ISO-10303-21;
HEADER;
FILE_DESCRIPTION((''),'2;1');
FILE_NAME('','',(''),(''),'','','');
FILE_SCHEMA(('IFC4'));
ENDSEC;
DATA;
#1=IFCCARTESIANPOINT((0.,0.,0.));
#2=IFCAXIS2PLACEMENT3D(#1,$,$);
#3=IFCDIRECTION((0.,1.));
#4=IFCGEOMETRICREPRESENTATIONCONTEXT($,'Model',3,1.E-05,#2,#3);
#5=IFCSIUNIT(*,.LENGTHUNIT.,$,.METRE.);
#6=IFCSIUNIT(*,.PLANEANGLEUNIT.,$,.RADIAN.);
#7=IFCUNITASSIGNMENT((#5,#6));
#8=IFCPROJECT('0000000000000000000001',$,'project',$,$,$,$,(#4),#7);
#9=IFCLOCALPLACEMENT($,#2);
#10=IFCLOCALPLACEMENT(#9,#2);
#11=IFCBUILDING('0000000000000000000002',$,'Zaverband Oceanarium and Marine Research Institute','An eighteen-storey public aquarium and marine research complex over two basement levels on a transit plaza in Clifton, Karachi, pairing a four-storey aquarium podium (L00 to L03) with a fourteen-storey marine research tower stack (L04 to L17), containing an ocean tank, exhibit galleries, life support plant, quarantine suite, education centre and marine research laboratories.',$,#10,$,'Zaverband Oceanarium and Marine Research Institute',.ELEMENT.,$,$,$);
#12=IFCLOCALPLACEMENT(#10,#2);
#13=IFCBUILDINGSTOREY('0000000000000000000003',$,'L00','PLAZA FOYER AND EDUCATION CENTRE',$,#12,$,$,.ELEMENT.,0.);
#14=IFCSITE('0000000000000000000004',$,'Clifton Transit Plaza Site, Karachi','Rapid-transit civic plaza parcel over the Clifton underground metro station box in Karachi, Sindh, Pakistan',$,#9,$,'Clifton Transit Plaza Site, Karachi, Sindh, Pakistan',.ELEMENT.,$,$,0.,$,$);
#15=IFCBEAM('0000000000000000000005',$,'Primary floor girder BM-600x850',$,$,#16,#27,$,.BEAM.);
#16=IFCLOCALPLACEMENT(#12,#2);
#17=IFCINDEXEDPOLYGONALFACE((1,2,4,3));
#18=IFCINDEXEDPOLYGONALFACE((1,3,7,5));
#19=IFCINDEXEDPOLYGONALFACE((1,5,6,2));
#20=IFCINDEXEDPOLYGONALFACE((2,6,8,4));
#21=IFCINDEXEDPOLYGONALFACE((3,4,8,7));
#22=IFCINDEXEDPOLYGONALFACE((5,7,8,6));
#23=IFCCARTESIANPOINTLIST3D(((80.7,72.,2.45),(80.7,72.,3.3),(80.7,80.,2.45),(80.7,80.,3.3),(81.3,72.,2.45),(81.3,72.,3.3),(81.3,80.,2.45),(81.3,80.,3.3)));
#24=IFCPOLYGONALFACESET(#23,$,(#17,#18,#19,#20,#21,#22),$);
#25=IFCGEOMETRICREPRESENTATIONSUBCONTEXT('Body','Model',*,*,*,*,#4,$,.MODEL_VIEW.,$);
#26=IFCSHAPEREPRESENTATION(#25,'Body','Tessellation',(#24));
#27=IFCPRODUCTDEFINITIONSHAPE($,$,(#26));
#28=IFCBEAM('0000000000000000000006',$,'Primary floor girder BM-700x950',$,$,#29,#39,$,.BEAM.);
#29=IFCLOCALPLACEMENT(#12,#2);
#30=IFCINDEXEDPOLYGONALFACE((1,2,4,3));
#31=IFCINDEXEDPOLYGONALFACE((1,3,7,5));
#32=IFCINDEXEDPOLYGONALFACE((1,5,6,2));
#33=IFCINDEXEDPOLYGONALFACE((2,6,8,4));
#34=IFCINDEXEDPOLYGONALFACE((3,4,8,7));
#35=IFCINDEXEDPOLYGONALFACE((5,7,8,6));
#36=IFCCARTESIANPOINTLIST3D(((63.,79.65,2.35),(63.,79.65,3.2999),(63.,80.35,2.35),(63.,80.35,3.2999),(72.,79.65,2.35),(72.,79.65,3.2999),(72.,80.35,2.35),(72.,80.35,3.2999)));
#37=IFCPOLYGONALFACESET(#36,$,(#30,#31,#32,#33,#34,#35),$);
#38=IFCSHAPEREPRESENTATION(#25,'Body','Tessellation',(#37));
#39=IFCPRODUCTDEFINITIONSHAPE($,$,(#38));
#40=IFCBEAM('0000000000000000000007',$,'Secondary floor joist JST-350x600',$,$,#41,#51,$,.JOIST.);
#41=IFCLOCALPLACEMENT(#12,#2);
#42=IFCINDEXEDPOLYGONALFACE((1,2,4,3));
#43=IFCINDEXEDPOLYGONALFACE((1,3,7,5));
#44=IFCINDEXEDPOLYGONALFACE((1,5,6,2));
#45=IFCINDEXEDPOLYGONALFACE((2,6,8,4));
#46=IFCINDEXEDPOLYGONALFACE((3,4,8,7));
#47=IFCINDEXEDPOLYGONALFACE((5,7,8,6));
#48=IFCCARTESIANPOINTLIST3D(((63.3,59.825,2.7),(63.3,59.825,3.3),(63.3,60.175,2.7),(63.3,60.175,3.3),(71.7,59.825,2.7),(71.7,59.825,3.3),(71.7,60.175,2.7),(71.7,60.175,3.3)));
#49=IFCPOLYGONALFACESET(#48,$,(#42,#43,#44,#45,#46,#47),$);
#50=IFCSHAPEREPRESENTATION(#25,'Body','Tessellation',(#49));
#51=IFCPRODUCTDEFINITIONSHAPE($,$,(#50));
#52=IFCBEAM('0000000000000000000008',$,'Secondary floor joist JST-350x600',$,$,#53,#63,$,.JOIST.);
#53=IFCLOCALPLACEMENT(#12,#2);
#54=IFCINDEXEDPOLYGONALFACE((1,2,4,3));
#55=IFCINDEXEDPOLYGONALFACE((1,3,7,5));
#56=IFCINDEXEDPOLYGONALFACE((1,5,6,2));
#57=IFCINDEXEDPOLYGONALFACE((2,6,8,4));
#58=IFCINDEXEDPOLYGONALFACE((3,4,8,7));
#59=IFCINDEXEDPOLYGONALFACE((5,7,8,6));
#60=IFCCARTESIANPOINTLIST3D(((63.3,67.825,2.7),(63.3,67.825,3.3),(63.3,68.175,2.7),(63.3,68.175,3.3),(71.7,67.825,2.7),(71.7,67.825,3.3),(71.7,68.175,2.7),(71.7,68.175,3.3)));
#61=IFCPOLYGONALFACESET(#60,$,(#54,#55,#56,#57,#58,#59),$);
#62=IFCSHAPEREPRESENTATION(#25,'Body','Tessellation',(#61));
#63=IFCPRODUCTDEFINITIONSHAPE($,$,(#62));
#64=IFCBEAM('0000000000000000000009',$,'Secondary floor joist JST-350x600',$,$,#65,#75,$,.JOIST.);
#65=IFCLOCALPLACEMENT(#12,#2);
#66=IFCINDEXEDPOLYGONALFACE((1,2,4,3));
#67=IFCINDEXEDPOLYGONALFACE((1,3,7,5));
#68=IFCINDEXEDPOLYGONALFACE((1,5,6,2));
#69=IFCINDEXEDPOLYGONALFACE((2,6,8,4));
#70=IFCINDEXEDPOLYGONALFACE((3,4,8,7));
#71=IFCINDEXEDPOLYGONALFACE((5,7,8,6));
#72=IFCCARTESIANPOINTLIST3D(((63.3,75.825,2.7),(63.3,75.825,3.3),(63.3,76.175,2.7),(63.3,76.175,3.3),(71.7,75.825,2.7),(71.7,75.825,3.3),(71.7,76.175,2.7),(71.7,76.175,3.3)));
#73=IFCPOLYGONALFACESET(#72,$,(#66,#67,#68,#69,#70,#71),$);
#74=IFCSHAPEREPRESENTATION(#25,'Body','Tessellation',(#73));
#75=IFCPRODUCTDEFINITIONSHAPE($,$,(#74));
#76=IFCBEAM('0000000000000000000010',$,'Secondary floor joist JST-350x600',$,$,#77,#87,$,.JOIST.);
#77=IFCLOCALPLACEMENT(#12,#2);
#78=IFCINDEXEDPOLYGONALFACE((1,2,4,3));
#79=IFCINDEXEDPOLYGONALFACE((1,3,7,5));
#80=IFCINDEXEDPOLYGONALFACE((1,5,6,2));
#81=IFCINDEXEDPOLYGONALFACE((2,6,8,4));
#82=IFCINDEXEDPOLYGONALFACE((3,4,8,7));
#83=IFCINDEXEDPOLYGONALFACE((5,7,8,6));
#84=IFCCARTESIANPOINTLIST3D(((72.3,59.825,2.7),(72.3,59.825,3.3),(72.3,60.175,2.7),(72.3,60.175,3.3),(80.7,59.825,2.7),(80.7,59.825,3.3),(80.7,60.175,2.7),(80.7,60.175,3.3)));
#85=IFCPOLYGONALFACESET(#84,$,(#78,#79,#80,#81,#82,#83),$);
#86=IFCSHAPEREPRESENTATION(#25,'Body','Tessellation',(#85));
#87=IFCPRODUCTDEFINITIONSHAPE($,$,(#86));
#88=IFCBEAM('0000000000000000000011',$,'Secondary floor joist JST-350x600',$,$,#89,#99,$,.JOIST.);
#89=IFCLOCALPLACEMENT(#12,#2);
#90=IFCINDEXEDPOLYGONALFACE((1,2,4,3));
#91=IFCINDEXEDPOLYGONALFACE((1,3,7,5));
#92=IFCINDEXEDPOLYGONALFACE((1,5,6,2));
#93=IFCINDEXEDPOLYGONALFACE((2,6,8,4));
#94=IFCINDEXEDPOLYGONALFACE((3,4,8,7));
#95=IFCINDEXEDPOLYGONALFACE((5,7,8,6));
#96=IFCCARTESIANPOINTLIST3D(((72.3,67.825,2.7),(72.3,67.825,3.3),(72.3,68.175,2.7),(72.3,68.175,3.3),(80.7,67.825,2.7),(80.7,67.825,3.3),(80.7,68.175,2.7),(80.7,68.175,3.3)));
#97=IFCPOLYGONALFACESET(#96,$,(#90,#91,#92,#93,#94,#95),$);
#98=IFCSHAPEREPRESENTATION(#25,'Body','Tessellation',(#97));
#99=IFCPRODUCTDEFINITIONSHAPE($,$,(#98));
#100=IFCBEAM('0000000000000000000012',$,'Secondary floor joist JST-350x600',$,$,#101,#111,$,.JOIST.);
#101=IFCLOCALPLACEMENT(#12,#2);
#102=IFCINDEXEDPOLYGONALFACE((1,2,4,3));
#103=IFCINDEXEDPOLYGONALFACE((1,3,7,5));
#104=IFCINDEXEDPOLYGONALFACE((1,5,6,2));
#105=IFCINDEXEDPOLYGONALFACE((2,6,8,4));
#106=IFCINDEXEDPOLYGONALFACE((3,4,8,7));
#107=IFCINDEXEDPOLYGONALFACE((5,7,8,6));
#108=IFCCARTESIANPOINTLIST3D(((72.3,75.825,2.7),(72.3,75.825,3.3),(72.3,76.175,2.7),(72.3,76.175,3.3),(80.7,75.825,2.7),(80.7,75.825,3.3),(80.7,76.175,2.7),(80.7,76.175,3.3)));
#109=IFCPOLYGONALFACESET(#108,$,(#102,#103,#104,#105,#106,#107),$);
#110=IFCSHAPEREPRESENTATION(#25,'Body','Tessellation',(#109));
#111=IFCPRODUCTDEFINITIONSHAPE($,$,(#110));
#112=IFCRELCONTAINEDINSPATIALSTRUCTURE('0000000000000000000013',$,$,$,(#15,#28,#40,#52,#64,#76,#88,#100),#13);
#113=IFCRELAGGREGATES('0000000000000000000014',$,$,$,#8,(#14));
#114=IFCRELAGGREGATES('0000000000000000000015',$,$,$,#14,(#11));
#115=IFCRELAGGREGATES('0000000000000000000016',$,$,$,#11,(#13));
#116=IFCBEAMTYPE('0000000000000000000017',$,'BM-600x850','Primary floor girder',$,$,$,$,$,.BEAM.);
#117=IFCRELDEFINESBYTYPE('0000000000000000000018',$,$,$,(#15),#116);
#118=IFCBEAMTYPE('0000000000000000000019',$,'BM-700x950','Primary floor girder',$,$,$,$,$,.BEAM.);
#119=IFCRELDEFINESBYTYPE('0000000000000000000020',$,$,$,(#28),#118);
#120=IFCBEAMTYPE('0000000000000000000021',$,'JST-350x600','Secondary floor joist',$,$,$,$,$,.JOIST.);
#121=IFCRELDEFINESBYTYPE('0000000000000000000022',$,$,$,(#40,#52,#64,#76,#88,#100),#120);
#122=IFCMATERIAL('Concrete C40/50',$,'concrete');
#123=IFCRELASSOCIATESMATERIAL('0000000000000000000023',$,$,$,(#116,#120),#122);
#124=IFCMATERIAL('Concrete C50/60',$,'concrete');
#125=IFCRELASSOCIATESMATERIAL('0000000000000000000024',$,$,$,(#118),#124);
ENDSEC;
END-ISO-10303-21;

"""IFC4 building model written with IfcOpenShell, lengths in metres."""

from ifc_helpers import new_model, si_unit, direction, frame, origin, origin_2d, place, context, subcontext, project, spatial, rectangle, extrude, material, material_profile, profile_set, type_object, element, save


model = new_model("IFC4")

# Units and contexts
model_context = context("Model", 3, precision=1e-05, world=origin(), true_north=direction((0.0, 1.0)))
body_context = subcontext(model_context, "Body", "Model", "MODEL_VIEW")
ifc_project = project(units=[si_unit("LENGTHUNIT", "METRE"), si_unit("PLANEANGLEUNIT", "RADIAN")], contexts=[model_context])

# Site, building, storey
site_placement = place(None, origin())
site = spatial("IfcSite", under=ifc_project, at=site_placement, Name="Clifton Transit Plaza Site, Karachi", Description="Rapid-transit civic plaza parcel over the Clifton underground metro station box in Karachi, Sindh, Pakistan", LongName="Clifton Transit Plaza Site, Karachi, Sindh, Pakistan", CompositionType="ELEMENT", RefElevation=0.0)
building_placement = place(site_placement, origin())
building = spatial("IfcBuilding", under=site, at=building_placement, Name="Zaverband Oceanarium and Marine Research Institute", Description="An eighteen-storey public aquarium and marine research complex over two basement levels on a transit plaza in Clifton, Karachi, pairing a four-storey aquarium podium (L00 to L03) with a fourteen-storey marine research tower stack (L04 to L17), containing an ocean tank, exhibit galleries, life support plant, quarantine suite, education centre and marine research laboratories.", LongName="Zaverband Oceanarium and Marine Research Institute", CompositionType="ELEMENT")
storey_placement = place(building_placement, origin())
storey = spatial("IfcBuildingStorey", under=building, at=storey_placement, Name="L00", Description="PLAZA FOYER AND EDUCATION CENTRE", CompositionType="ELEMENT", Elevation=0.0)

# Shared definitions
ifc_material_1 = material(Name="Concrete C50/60", Category="concrete")

# Beams
ifc_material_2 = material(Name="Concrete C40/50", Category="concrete")
ifc_material_profile_1 = material_profile(ifc_material_2, rectangle(XDim=0.6001, YDim=0.8501, at=origin_2d()), Name="RC600x850")
ifc_profile_set_1 = profile_set([ifc_material_profile_1], Name="Concrete C40/50")
beam_type_1 = type_object("IfcBeamType", Name="BM-600x850", Description="Primary floor girder", PredefinedType="BEAM", material=ifc_profile_set_1)
for number, where, z_axis, x_axis, name in (
    (1, (81.0, 72.0, 2.875), (0.0, 1.0, 0.0), (-1.0, 0.0, 0.0), "Primary floor girder BM-600x850"),
):
    element("IfcBeam", number, at=place(storey_placement, frame(where, z_axis=z_axis, x_axis=x_axis)), inside=storey, type_object=beam_type_1, Name=name, PredefinedType="BEAM", context=body_context, shape_type="SweptSolid", body=[
        extrude(rectangle(XDim=0.6001, YDim=0.8501, at=origin_2d()), origin(), (0.0, 0.0, 1.0), 8.0),
    ])
ifc_material_profile_2 = material_profile(ifc_material_1, rectangle(XDim=0.7, YDim=0.95, at=origin_2d()), Name="RC700x950")
ifc_profile_set_2 = profile_set([ifc_material_profile_2], Name="Concrete C50/60")
beam_type_2 = type_object("IfcBeamType", Name="BM-700x950", Description="Primary floor girder", PredefinedType="BEAM", material=ifc_profile_set_2)
beam_placement = place(storey_placement, frame((63.0, 80.0, 2.825), z_axis=(1.0, 0.0, 0.0), x_axis=(0.0, 1.0, 0.0)))
element("IfcBeam", 2, at=beam_placement, inside=storey, type_object=beam_type_2, Name="Primary floor girder BM-700x950", PredefinedType="BEAM", context=body_context, shape_type="SweptSolid", body=[
    extrude(rectangle(XDim=0.7, YDim=0.95, at=origin_2d()), origin(), (0.0, 0.0, 1.0), 9.0),
])
ifc_material_profile_3 = material_profile(ifc_material_2, rectangle(XDim=0.3501, YDim=0.6001, at=origin_2d()), Name="RC350x600")
ifc_profile_set_3 = profile_set([ifc_material_profile_3], Name="Concrete C40/50")
beam_type_3 = type_object("IfcBeamType", Name="JST-350x600", Description="Secondary floor joist", PredefinedType="JOIST", material=ifc_profile_set_3)
for number, where, z_axis, x_axis, name in (
    (3, (63.3, 60.0, 3.0), (1.0, 0.0, 0.0), (0.0, 1.0, 0.0), "Secondary floor joist JST-350x600"),
    (4, (63.3, 68.0, 3.0), (1.0, 0.0, 0.0), (0.0, 1.0, 0.0), "Secondary floor joist JST-350x600"),
    (5, (63.3, 76.0, 3.0), (1.0, 0.0, 0.0), (0.0, 1.0, 0.0), "Secondary floor joist JST-350x600"),
    (6, (72.3, 60.0, 3.0), (1.0, 0.0, 0.0), (0.0, 1.0, 0.0), "Secondary floor joist JST-350x600"),
    (7, (72.3, 68.0, 3.0), (1.0, 0.0, 0.0), (0.0, 1.0, 0.0), "Secondary floor joist JST-350x600"),
    (8, (72.3, 76.0, 3.0), (1.0, 0.0, 0.0), (0.0, 1.0, 0.0), "Secondary floor joist JST-350x600"),
):
    element("IfcBeam", number, at=place(storey_placement, frame(where, z_axis=z_axis, x_axis=x_axis)), inside=storey, type_object=beam_type_3, Name=name, PredefinedType="JOIST", context=body_context, shape_type="SweptSolid", body=[
        extrude(rectangle(XDim=0.3501, YDim=0.6001, at=origin_2d()), origin(), (0.0, 0.0, 1.0), 8.3999),
    ])

save(model, "model.ifc")
